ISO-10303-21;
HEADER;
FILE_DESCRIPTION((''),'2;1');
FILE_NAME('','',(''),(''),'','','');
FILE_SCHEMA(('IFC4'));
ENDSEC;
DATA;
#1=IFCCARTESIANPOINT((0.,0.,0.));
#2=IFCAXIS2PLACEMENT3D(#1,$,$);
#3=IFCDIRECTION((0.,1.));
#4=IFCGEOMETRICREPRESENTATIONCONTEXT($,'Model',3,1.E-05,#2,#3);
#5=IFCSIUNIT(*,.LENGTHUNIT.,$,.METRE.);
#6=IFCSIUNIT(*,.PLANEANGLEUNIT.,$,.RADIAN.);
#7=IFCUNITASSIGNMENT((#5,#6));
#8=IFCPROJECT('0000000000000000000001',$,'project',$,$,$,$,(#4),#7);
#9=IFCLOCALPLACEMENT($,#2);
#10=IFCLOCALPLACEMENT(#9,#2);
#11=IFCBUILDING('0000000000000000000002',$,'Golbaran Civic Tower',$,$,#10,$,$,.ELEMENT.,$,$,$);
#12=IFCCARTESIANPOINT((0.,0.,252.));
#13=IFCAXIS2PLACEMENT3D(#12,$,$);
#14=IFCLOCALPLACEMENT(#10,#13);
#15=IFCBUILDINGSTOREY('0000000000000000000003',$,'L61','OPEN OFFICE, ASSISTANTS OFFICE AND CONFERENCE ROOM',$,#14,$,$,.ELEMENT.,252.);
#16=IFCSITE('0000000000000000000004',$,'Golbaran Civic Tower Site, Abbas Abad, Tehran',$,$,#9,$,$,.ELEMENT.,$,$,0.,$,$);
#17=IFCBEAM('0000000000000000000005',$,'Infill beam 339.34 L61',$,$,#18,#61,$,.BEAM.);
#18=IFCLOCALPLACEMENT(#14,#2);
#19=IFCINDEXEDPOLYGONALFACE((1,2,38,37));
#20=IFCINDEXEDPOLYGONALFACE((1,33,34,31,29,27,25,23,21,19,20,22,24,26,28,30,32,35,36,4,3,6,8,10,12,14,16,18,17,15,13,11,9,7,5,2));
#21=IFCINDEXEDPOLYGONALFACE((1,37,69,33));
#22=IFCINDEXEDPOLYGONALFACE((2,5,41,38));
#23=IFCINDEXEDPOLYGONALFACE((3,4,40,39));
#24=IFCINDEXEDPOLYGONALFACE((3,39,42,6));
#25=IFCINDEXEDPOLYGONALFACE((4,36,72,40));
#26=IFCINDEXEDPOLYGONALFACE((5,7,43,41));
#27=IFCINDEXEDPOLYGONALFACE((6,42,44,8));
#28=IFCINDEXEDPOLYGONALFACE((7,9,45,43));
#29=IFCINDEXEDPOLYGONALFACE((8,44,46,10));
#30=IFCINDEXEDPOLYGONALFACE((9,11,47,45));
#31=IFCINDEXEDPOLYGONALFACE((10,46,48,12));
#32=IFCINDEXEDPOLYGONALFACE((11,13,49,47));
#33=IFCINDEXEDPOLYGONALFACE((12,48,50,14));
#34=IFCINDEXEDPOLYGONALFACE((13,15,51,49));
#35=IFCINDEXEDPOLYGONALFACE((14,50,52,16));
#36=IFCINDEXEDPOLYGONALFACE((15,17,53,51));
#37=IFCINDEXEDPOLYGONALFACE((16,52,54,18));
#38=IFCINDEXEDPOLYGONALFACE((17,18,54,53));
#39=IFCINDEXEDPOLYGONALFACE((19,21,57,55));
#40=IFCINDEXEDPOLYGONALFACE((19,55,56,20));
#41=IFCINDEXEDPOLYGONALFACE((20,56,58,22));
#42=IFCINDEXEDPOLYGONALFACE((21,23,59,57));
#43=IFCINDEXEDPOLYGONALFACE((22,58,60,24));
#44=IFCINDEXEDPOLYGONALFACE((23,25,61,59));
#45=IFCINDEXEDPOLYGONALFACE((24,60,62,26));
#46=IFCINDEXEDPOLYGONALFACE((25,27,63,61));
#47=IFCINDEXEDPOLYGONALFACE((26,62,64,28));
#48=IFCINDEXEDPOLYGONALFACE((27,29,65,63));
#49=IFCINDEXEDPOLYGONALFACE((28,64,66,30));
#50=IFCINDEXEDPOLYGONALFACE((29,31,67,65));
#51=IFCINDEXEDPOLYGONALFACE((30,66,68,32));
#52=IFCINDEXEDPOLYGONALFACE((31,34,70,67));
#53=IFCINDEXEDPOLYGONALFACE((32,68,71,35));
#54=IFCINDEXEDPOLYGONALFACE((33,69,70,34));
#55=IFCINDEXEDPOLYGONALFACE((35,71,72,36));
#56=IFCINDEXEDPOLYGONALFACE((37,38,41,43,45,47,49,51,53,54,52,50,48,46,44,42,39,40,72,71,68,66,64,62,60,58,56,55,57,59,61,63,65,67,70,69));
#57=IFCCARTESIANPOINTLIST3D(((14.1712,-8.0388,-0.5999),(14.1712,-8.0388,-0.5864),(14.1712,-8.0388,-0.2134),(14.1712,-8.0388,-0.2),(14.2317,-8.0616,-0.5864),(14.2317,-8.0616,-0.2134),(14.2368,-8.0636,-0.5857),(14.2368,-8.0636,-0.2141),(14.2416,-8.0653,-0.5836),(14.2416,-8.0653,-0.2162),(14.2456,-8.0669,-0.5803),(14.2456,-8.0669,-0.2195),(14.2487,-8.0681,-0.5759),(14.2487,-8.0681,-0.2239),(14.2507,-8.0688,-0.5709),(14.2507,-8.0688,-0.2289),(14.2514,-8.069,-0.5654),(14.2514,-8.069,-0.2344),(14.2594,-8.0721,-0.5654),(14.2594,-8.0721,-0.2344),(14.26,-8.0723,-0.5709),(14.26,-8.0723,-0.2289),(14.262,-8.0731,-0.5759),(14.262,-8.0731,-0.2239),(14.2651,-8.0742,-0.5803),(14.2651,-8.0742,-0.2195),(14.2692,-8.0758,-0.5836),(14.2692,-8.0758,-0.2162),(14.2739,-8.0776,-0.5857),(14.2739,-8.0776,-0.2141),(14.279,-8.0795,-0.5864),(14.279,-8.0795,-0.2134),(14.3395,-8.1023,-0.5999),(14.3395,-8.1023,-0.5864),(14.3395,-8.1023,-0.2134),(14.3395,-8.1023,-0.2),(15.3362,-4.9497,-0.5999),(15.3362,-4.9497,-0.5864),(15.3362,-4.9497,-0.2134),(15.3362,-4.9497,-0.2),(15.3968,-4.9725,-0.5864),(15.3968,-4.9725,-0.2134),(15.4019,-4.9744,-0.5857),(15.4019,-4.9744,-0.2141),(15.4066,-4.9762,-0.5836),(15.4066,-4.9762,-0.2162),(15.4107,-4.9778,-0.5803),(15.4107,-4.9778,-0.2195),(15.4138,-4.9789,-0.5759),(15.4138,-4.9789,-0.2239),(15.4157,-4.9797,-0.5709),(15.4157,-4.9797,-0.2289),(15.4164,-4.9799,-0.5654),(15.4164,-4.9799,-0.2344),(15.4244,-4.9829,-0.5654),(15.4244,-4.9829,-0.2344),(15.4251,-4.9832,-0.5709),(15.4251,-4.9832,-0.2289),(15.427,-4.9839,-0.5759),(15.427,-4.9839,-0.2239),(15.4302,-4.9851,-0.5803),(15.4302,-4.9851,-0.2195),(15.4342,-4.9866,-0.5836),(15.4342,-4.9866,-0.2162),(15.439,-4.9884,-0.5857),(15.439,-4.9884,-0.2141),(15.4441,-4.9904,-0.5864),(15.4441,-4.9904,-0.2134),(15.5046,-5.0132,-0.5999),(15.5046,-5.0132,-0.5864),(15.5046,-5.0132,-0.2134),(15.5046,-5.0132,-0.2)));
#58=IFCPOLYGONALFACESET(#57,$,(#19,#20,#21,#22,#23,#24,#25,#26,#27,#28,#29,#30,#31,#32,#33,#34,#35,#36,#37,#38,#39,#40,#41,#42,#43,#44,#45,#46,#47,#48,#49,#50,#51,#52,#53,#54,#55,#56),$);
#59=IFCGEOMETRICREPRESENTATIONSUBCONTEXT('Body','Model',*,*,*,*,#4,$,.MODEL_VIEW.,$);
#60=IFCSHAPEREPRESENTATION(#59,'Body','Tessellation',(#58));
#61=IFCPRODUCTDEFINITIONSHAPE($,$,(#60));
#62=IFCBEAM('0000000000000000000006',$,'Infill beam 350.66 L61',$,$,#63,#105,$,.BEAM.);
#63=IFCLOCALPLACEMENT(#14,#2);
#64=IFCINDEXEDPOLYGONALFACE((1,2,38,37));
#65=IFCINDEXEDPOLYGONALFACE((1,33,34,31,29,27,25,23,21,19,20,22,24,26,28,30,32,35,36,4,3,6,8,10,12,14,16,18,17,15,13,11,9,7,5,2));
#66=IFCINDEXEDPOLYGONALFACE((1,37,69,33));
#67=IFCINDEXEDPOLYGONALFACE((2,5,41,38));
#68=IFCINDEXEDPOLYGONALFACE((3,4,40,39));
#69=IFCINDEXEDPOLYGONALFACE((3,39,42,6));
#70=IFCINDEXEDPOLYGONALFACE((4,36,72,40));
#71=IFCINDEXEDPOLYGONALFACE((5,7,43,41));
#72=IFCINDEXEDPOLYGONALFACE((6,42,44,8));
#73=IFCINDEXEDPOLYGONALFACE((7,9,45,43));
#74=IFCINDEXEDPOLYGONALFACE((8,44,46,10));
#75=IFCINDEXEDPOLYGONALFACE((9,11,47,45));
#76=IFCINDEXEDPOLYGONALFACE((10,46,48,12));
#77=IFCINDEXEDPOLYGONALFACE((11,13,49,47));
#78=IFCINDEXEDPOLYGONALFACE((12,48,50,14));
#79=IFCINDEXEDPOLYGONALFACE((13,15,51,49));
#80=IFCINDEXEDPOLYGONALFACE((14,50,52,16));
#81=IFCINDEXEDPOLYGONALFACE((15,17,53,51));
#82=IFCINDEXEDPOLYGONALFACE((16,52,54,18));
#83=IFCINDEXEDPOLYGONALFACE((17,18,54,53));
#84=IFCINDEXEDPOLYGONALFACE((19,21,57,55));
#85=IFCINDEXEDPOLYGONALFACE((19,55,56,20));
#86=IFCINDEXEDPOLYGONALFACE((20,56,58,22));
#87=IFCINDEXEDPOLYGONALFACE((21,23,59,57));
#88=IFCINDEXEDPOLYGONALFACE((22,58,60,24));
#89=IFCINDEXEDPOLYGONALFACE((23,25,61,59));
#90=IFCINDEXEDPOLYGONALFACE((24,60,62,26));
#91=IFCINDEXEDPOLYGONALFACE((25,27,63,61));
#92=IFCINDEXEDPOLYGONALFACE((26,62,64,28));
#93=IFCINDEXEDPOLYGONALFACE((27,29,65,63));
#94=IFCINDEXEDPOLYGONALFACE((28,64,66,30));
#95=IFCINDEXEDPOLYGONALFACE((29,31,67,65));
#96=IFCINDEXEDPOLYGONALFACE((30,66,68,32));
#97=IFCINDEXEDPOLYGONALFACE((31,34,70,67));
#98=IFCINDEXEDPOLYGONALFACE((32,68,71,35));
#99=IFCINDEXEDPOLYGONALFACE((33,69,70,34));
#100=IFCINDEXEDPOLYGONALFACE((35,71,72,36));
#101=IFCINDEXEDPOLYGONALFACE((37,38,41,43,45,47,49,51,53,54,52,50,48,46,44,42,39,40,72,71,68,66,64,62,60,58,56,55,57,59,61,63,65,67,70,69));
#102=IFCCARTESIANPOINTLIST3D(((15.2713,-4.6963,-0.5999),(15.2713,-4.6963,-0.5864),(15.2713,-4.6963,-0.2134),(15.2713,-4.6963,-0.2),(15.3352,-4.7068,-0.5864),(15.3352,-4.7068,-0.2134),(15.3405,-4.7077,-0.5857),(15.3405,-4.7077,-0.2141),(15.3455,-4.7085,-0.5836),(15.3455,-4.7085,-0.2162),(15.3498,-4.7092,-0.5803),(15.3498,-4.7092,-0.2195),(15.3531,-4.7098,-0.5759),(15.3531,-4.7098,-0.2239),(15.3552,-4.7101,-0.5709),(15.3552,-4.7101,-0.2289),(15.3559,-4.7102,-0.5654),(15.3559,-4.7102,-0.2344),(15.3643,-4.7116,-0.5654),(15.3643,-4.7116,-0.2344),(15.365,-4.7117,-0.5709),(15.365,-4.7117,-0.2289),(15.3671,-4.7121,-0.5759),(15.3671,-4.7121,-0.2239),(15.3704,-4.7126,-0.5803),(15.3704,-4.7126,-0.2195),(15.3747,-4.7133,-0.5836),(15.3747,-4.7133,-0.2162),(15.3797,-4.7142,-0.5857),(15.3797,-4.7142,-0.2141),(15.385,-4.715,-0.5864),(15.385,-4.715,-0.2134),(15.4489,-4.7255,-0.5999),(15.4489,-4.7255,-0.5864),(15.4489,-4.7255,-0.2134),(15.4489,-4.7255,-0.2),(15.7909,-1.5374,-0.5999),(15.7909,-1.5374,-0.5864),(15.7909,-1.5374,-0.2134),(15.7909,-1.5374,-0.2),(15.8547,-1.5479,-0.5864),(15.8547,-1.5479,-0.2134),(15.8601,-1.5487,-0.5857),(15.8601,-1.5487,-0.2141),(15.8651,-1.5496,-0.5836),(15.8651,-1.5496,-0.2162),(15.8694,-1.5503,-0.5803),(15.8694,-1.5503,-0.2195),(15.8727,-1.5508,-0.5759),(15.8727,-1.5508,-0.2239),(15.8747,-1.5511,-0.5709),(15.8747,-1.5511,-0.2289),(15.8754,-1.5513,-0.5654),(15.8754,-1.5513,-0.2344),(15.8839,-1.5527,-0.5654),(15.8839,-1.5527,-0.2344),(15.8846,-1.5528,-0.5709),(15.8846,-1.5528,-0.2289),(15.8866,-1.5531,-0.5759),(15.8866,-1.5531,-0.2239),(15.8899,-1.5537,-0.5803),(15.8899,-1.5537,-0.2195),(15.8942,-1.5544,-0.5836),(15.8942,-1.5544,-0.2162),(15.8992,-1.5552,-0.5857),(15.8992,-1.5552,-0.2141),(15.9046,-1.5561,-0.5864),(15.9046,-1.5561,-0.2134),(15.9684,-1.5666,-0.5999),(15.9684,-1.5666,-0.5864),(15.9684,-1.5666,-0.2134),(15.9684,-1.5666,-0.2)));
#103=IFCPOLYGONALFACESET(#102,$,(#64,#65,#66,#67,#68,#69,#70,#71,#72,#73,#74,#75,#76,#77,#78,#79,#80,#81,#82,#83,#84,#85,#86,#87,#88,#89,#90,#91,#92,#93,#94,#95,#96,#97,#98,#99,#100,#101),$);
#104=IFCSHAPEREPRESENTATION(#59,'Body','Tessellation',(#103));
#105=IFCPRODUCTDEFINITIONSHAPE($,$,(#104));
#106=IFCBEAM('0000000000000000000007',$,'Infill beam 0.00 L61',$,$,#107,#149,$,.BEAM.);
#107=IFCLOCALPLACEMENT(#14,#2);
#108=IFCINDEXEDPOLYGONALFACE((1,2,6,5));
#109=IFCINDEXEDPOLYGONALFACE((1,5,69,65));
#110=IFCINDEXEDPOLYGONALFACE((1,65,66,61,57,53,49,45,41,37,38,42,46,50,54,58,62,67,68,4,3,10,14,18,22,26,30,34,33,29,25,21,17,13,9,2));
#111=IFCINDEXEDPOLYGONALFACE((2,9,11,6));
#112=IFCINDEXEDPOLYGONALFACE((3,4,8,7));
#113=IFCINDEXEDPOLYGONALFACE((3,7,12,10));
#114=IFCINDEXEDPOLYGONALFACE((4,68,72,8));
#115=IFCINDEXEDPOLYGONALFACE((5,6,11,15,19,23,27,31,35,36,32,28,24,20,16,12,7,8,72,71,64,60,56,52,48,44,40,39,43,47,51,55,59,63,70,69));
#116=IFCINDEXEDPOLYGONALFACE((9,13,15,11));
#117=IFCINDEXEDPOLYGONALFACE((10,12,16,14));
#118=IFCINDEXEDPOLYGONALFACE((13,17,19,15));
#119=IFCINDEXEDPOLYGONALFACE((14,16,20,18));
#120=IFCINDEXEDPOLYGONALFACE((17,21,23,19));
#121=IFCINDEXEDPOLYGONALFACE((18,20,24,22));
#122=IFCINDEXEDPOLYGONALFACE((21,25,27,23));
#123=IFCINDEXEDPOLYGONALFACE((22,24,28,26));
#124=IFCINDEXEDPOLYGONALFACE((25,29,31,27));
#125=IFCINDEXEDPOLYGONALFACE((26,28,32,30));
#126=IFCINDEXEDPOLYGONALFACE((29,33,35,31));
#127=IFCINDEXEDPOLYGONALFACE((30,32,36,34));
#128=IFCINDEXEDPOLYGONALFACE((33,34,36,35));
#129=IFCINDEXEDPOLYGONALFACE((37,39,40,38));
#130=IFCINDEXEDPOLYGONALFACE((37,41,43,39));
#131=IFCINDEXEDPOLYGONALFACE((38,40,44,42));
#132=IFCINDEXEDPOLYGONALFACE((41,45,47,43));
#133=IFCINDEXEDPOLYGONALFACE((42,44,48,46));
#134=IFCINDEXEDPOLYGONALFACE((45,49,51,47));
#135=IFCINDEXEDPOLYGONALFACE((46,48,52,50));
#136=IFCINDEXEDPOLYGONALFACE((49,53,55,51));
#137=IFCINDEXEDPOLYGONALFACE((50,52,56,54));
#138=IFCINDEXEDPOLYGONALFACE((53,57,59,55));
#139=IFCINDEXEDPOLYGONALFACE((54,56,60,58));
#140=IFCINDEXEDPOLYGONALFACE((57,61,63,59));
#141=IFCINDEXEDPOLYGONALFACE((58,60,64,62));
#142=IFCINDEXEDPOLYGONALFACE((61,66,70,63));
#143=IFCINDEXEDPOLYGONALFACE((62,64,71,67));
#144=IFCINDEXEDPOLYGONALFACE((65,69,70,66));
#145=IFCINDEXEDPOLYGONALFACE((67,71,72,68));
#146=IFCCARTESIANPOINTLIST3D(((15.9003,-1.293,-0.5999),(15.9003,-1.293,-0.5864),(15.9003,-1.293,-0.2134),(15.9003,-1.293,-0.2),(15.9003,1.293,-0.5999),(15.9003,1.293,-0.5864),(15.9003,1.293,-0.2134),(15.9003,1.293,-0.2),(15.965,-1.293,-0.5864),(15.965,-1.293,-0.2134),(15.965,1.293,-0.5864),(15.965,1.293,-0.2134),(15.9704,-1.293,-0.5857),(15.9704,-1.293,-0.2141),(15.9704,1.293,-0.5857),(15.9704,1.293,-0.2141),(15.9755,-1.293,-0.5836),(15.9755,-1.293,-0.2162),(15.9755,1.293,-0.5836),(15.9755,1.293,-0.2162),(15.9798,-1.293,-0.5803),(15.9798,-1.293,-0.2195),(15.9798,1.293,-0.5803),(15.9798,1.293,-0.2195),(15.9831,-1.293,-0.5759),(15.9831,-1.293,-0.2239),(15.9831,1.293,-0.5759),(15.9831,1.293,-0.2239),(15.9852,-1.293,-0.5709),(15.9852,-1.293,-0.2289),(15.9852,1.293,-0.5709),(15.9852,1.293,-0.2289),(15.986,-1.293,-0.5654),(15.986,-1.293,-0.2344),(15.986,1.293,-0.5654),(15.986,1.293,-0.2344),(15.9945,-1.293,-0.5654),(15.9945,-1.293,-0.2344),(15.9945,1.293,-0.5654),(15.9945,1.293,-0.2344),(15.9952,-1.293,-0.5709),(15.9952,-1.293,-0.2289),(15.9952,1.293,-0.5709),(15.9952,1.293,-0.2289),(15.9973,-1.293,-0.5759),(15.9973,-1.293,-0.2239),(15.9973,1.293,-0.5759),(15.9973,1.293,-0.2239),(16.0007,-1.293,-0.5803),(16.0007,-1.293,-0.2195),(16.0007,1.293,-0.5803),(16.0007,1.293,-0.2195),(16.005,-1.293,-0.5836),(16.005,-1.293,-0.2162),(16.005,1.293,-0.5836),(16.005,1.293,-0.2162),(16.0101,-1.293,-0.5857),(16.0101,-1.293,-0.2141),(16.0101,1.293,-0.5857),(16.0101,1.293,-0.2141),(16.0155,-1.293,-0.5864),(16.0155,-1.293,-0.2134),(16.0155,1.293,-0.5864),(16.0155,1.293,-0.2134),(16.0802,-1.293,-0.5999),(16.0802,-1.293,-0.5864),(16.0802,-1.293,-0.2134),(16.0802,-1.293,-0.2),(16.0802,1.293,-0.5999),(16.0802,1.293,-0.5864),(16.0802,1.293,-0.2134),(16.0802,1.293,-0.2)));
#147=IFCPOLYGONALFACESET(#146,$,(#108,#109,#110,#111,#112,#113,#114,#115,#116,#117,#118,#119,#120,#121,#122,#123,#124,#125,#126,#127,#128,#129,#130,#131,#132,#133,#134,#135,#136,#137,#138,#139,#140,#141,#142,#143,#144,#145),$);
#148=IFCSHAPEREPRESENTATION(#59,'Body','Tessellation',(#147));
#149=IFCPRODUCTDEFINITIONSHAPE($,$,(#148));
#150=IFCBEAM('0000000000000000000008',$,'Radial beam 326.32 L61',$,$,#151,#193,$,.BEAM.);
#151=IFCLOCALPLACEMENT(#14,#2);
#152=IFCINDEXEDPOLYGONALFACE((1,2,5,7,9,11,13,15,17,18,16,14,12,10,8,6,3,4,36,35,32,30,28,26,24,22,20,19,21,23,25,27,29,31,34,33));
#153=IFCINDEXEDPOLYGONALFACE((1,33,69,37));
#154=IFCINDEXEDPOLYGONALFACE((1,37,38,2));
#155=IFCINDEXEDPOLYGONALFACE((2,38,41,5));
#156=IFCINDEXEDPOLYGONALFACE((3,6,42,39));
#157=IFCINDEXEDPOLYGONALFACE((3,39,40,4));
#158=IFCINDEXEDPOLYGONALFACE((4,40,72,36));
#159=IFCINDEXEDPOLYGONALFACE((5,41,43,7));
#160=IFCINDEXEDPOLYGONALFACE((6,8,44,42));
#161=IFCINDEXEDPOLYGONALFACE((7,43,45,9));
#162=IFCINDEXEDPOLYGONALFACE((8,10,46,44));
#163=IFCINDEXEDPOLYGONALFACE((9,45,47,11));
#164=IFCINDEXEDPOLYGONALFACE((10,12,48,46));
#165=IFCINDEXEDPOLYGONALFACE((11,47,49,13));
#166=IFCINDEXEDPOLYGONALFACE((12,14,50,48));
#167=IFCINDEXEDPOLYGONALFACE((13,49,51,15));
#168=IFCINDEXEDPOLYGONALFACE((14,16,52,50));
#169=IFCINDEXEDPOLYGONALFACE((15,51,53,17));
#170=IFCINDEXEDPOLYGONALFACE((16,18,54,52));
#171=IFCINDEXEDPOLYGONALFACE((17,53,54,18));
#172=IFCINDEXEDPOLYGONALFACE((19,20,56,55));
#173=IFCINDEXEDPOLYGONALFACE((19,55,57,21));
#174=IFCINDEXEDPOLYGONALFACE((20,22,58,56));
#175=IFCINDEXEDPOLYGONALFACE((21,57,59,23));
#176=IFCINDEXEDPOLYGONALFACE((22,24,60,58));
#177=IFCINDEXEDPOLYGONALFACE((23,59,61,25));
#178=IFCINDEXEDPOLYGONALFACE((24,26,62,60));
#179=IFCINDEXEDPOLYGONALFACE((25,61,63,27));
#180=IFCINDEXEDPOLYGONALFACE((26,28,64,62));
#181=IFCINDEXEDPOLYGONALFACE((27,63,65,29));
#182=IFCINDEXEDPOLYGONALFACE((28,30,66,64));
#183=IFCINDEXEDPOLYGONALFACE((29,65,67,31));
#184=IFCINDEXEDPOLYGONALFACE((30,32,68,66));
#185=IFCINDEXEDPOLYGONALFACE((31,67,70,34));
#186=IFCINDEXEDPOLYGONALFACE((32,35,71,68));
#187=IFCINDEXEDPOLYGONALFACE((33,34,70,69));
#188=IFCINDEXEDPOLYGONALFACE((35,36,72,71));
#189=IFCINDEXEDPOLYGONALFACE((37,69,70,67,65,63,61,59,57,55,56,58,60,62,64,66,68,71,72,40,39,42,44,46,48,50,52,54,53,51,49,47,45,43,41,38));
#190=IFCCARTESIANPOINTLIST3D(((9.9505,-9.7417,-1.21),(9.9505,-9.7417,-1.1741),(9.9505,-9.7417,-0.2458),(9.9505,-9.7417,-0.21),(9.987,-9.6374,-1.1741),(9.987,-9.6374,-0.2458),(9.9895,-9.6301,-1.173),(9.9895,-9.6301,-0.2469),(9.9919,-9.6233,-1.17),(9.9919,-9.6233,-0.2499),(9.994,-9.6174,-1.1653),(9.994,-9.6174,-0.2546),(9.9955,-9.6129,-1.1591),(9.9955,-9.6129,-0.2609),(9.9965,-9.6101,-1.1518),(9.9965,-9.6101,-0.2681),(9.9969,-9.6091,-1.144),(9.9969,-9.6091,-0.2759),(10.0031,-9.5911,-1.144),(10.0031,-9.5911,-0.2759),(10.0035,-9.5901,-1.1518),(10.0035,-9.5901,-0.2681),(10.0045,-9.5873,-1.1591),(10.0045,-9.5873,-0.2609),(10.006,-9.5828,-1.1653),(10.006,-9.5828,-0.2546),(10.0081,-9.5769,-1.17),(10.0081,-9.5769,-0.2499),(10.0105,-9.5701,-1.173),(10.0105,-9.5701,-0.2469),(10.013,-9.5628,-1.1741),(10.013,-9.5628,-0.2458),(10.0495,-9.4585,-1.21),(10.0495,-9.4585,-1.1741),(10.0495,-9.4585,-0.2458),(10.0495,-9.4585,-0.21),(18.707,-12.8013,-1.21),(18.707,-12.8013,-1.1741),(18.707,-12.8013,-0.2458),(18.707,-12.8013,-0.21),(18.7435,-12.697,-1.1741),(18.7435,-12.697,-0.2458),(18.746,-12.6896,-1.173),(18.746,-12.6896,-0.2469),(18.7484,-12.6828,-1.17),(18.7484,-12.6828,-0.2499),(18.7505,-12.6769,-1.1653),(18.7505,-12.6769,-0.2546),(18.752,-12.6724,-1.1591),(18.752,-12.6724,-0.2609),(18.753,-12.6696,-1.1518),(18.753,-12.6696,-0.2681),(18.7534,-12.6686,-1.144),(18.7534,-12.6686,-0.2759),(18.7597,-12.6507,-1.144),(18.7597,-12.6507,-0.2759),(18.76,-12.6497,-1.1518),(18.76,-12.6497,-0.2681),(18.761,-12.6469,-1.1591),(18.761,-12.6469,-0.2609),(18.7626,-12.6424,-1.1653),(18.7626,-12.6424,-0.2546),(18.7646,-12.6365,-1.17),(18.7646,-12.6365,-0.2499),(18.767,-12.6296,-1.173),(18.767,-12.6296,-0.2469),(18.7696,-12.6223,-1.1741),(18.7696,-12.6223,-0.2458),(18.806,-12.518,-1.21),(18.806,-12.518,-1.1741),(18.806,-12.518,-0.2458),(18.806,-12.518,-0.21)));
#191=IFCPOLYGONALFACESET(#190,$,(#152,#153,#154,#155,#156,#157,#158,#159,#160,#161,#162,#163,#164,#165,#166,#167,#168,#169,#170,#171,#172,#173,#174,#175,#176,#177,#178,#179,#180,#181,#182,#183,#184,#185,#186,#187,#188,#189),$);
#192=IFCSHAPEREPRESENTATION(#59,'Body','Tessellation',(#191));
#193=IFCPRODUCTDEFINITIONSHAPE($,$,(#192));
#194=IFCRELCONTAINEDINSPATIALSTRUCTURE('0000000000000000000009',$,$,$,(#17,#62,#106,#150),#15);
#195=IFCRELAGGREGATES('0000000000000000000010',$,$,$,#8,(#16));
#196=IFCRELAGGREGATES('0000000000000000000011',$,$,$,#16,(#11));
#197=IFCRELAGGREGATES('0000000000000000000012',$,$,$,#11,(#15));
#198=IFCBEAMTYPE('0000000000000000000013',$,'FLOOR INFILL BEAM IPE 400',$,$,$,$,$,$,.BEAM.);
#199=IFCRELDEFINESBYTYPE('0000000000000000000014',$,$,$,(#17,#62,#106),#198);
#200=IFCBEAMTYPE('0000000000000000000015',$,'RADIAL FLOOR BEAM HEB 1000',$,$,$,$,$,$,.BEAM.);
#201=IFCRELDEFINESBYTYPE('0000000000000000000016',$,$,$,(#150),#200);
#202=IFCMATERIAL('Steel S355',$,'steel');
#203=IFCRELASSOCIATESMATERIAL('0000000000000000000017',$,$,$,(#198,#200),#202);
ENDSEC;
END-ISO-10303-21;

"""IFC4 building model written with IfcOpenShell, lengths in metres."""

from ifc_helpers import new_model, si_unit, direction, frame, origin, origin_2d, place, context, subcontext, project, spatial, i_section, extrude, material, material_profile, profile_set, type_object, element, save


model = new_model("IFC4")

# Units and contexts
model_context = context("Model", 3, precision=1e-05, world=origin(), true_north=direction((0.0, 1.0)))
body_context = subcontext(model_context, "Body", "Model", "MODEL_VIEW")
ifc_project = project(units=[si_unit("LENGTHUNIT", "METRE"), si_unit("PLANEANGLEUNIT", "RADIAN")], contexts=[model_context])

# Site, building, storey
site_placement = place(None, origin())
site = spatial("IfcSite", under=ifc_project, at=site_placement, Name="Golbaran Civic Tower Site, Abbas Abad, Tehran", CompositionType="ELEMENT", RefElevation=0.0)
building_placement = place(site_placement, origin())
building = spatial("IfcBuilding", under=site, at=building_placement, Name="Golbaran Civic Tower", CompositionType="ELEMENT")
storey_placement = place(building_placement, frame((0.0, 0.0, 252.0)))
storey = spatial("IfcBuildingStorey", under=building, at=storey_placement, Name="L61", Description="OPEN OFFICE, ASSISTANTS OFFICE AND CONFERENCE ROOM", CompositionType="ELEMENT", Elevation=252.0)

# Beams
ifc_material_1 = material(Name="Steel S355", Category="steel")
ifc_material_profile_1 = material_profile(ifc_material_1, i_section(OverallWidth=0.1799, OverallDepth=0.3999, WebThickness=0.0085, FlangeThickness=0.0134, FilletRadius=0.021, at=origin_2d()), Name="IPE 400")
ifc_profile_set_1 = profile_set([ifc_material_profile_1], Name="Steel S355")
beam_type_1 = type_object("IfcBeamType", Name="FLOOR INFILL BEAM IPE 400", PredefinedType="BEAM", material=ifc_profile_set_1)
beam_1_placement = place(storey_placement, frame((14.2554, -8.0706, -0.3999), z_axis=(0.352881, 0.935668, 0.0), x_axis=(-0.935668, 0.352881, 0.0)))
element("IfcBeam", 1, at=beam_1_placement, inside=storey, type_object=beam_type_1, Name="Infill beam 339.34 L61", PredefinedType="BEAM", context=body_context, shape_type="SweptSolid", body=[
    extrude(i_section(OverallWidth=0.1799, OverallDepth=0.3999, WebThickness=0.0085, FlangeThickness=0.0134, FilletRadius=0.021, at=origin_2d()), origin(), (0.0, 0.0, 1.0), 3.3015),
])
beam_2_placement = place(storey_placement, frame((15.3601, -4.7109, -0.3999), z_axis=(0.162284, 0.986744, 0.0), x_axis=(-0.986744, 0.162284, 0.0)))
element("IfcBeam", 2, at=beam_2_placement, inside=storey, type_object=beam_type_1, Name="Infill beam 350.66 L61", PredefinedType="BEAM", context=body_context, shape_type="SweptSolid", body=[
    extrude(i_section(OverallWidth=0.1799, OverallDepth=0.3999, WebThickness=0.0085, FlangeThickness=0.0134, FilletRadius=0.021, at=origin_2d()), origin(), (0.0, 0.0, 1.0), 3.2014),
])
beam_3_placement = place(storey_placement, frame((15.9902, -1.293, -0.3999), z_axis=(0.0, 1.0, 0.0), x_axis=(-1.0, 0.0, 0.0)))
element("IfcBeam", 3, at=beam_3_placement, inside=storey, type_object=beam_type_1, Name="Infill beam 0.00 L61", PredefinedType="BEAM", context=body_context, shape_type="SweptSolid", body=[
    extrude(i_section(OverallWidth=0.1799, OverallDepth=0.3999, WebThickness=0.0085, FlangeThickness=0.0134, FilletRadius=0.021, at=origin_2d()), origin(), (0.0, 0.0, 1.0), 2.5859),
])
ifc_material_profile_2 = material_profile(ifc_material_1, i_section(OverallWidth=0.3, OverallDepth=1.0, WebThickness=0.019, FlangeThickness=0.0359, FilletRadius=0.03, at=origin_2d()), Name="HEB 1000")
ifc_profile_set_2 = profile_set([ifc_material_profile_2], Name="Steel S355")
beam_type_2 = type_object("IfcBeamType", Name="RADIAL FLOOR BEAM HEB 1000", PredefinedType="BEAM", material=ifc_profile_set_2)
beam_4_placement = place(storey_placement, frame((10.0, -9.6001, -0.71), z_axis=(0.944034, -0.329847, 0.0), x_axis=(0.329847, 0.944034, 0.0)))
element("IfcBeam", 4, at=beam_4_placement, inside=storey, type_object=beam_type_2, Name="Radial beam 326.32 L61", PredefinedType="BEAM", context=body_context, shape_type="SweptSolid", body=[
    extrude(i_section(OverallWidth=0.3, OverallDepth=1.0, WebThickness=0.019, FlangeThickness=0.0359, FilletRadius=0.03, at=origin_2d()), origin(), (0.0, 0.0, 1.0), 9.2756),
])

save(model, "model.ifc")
